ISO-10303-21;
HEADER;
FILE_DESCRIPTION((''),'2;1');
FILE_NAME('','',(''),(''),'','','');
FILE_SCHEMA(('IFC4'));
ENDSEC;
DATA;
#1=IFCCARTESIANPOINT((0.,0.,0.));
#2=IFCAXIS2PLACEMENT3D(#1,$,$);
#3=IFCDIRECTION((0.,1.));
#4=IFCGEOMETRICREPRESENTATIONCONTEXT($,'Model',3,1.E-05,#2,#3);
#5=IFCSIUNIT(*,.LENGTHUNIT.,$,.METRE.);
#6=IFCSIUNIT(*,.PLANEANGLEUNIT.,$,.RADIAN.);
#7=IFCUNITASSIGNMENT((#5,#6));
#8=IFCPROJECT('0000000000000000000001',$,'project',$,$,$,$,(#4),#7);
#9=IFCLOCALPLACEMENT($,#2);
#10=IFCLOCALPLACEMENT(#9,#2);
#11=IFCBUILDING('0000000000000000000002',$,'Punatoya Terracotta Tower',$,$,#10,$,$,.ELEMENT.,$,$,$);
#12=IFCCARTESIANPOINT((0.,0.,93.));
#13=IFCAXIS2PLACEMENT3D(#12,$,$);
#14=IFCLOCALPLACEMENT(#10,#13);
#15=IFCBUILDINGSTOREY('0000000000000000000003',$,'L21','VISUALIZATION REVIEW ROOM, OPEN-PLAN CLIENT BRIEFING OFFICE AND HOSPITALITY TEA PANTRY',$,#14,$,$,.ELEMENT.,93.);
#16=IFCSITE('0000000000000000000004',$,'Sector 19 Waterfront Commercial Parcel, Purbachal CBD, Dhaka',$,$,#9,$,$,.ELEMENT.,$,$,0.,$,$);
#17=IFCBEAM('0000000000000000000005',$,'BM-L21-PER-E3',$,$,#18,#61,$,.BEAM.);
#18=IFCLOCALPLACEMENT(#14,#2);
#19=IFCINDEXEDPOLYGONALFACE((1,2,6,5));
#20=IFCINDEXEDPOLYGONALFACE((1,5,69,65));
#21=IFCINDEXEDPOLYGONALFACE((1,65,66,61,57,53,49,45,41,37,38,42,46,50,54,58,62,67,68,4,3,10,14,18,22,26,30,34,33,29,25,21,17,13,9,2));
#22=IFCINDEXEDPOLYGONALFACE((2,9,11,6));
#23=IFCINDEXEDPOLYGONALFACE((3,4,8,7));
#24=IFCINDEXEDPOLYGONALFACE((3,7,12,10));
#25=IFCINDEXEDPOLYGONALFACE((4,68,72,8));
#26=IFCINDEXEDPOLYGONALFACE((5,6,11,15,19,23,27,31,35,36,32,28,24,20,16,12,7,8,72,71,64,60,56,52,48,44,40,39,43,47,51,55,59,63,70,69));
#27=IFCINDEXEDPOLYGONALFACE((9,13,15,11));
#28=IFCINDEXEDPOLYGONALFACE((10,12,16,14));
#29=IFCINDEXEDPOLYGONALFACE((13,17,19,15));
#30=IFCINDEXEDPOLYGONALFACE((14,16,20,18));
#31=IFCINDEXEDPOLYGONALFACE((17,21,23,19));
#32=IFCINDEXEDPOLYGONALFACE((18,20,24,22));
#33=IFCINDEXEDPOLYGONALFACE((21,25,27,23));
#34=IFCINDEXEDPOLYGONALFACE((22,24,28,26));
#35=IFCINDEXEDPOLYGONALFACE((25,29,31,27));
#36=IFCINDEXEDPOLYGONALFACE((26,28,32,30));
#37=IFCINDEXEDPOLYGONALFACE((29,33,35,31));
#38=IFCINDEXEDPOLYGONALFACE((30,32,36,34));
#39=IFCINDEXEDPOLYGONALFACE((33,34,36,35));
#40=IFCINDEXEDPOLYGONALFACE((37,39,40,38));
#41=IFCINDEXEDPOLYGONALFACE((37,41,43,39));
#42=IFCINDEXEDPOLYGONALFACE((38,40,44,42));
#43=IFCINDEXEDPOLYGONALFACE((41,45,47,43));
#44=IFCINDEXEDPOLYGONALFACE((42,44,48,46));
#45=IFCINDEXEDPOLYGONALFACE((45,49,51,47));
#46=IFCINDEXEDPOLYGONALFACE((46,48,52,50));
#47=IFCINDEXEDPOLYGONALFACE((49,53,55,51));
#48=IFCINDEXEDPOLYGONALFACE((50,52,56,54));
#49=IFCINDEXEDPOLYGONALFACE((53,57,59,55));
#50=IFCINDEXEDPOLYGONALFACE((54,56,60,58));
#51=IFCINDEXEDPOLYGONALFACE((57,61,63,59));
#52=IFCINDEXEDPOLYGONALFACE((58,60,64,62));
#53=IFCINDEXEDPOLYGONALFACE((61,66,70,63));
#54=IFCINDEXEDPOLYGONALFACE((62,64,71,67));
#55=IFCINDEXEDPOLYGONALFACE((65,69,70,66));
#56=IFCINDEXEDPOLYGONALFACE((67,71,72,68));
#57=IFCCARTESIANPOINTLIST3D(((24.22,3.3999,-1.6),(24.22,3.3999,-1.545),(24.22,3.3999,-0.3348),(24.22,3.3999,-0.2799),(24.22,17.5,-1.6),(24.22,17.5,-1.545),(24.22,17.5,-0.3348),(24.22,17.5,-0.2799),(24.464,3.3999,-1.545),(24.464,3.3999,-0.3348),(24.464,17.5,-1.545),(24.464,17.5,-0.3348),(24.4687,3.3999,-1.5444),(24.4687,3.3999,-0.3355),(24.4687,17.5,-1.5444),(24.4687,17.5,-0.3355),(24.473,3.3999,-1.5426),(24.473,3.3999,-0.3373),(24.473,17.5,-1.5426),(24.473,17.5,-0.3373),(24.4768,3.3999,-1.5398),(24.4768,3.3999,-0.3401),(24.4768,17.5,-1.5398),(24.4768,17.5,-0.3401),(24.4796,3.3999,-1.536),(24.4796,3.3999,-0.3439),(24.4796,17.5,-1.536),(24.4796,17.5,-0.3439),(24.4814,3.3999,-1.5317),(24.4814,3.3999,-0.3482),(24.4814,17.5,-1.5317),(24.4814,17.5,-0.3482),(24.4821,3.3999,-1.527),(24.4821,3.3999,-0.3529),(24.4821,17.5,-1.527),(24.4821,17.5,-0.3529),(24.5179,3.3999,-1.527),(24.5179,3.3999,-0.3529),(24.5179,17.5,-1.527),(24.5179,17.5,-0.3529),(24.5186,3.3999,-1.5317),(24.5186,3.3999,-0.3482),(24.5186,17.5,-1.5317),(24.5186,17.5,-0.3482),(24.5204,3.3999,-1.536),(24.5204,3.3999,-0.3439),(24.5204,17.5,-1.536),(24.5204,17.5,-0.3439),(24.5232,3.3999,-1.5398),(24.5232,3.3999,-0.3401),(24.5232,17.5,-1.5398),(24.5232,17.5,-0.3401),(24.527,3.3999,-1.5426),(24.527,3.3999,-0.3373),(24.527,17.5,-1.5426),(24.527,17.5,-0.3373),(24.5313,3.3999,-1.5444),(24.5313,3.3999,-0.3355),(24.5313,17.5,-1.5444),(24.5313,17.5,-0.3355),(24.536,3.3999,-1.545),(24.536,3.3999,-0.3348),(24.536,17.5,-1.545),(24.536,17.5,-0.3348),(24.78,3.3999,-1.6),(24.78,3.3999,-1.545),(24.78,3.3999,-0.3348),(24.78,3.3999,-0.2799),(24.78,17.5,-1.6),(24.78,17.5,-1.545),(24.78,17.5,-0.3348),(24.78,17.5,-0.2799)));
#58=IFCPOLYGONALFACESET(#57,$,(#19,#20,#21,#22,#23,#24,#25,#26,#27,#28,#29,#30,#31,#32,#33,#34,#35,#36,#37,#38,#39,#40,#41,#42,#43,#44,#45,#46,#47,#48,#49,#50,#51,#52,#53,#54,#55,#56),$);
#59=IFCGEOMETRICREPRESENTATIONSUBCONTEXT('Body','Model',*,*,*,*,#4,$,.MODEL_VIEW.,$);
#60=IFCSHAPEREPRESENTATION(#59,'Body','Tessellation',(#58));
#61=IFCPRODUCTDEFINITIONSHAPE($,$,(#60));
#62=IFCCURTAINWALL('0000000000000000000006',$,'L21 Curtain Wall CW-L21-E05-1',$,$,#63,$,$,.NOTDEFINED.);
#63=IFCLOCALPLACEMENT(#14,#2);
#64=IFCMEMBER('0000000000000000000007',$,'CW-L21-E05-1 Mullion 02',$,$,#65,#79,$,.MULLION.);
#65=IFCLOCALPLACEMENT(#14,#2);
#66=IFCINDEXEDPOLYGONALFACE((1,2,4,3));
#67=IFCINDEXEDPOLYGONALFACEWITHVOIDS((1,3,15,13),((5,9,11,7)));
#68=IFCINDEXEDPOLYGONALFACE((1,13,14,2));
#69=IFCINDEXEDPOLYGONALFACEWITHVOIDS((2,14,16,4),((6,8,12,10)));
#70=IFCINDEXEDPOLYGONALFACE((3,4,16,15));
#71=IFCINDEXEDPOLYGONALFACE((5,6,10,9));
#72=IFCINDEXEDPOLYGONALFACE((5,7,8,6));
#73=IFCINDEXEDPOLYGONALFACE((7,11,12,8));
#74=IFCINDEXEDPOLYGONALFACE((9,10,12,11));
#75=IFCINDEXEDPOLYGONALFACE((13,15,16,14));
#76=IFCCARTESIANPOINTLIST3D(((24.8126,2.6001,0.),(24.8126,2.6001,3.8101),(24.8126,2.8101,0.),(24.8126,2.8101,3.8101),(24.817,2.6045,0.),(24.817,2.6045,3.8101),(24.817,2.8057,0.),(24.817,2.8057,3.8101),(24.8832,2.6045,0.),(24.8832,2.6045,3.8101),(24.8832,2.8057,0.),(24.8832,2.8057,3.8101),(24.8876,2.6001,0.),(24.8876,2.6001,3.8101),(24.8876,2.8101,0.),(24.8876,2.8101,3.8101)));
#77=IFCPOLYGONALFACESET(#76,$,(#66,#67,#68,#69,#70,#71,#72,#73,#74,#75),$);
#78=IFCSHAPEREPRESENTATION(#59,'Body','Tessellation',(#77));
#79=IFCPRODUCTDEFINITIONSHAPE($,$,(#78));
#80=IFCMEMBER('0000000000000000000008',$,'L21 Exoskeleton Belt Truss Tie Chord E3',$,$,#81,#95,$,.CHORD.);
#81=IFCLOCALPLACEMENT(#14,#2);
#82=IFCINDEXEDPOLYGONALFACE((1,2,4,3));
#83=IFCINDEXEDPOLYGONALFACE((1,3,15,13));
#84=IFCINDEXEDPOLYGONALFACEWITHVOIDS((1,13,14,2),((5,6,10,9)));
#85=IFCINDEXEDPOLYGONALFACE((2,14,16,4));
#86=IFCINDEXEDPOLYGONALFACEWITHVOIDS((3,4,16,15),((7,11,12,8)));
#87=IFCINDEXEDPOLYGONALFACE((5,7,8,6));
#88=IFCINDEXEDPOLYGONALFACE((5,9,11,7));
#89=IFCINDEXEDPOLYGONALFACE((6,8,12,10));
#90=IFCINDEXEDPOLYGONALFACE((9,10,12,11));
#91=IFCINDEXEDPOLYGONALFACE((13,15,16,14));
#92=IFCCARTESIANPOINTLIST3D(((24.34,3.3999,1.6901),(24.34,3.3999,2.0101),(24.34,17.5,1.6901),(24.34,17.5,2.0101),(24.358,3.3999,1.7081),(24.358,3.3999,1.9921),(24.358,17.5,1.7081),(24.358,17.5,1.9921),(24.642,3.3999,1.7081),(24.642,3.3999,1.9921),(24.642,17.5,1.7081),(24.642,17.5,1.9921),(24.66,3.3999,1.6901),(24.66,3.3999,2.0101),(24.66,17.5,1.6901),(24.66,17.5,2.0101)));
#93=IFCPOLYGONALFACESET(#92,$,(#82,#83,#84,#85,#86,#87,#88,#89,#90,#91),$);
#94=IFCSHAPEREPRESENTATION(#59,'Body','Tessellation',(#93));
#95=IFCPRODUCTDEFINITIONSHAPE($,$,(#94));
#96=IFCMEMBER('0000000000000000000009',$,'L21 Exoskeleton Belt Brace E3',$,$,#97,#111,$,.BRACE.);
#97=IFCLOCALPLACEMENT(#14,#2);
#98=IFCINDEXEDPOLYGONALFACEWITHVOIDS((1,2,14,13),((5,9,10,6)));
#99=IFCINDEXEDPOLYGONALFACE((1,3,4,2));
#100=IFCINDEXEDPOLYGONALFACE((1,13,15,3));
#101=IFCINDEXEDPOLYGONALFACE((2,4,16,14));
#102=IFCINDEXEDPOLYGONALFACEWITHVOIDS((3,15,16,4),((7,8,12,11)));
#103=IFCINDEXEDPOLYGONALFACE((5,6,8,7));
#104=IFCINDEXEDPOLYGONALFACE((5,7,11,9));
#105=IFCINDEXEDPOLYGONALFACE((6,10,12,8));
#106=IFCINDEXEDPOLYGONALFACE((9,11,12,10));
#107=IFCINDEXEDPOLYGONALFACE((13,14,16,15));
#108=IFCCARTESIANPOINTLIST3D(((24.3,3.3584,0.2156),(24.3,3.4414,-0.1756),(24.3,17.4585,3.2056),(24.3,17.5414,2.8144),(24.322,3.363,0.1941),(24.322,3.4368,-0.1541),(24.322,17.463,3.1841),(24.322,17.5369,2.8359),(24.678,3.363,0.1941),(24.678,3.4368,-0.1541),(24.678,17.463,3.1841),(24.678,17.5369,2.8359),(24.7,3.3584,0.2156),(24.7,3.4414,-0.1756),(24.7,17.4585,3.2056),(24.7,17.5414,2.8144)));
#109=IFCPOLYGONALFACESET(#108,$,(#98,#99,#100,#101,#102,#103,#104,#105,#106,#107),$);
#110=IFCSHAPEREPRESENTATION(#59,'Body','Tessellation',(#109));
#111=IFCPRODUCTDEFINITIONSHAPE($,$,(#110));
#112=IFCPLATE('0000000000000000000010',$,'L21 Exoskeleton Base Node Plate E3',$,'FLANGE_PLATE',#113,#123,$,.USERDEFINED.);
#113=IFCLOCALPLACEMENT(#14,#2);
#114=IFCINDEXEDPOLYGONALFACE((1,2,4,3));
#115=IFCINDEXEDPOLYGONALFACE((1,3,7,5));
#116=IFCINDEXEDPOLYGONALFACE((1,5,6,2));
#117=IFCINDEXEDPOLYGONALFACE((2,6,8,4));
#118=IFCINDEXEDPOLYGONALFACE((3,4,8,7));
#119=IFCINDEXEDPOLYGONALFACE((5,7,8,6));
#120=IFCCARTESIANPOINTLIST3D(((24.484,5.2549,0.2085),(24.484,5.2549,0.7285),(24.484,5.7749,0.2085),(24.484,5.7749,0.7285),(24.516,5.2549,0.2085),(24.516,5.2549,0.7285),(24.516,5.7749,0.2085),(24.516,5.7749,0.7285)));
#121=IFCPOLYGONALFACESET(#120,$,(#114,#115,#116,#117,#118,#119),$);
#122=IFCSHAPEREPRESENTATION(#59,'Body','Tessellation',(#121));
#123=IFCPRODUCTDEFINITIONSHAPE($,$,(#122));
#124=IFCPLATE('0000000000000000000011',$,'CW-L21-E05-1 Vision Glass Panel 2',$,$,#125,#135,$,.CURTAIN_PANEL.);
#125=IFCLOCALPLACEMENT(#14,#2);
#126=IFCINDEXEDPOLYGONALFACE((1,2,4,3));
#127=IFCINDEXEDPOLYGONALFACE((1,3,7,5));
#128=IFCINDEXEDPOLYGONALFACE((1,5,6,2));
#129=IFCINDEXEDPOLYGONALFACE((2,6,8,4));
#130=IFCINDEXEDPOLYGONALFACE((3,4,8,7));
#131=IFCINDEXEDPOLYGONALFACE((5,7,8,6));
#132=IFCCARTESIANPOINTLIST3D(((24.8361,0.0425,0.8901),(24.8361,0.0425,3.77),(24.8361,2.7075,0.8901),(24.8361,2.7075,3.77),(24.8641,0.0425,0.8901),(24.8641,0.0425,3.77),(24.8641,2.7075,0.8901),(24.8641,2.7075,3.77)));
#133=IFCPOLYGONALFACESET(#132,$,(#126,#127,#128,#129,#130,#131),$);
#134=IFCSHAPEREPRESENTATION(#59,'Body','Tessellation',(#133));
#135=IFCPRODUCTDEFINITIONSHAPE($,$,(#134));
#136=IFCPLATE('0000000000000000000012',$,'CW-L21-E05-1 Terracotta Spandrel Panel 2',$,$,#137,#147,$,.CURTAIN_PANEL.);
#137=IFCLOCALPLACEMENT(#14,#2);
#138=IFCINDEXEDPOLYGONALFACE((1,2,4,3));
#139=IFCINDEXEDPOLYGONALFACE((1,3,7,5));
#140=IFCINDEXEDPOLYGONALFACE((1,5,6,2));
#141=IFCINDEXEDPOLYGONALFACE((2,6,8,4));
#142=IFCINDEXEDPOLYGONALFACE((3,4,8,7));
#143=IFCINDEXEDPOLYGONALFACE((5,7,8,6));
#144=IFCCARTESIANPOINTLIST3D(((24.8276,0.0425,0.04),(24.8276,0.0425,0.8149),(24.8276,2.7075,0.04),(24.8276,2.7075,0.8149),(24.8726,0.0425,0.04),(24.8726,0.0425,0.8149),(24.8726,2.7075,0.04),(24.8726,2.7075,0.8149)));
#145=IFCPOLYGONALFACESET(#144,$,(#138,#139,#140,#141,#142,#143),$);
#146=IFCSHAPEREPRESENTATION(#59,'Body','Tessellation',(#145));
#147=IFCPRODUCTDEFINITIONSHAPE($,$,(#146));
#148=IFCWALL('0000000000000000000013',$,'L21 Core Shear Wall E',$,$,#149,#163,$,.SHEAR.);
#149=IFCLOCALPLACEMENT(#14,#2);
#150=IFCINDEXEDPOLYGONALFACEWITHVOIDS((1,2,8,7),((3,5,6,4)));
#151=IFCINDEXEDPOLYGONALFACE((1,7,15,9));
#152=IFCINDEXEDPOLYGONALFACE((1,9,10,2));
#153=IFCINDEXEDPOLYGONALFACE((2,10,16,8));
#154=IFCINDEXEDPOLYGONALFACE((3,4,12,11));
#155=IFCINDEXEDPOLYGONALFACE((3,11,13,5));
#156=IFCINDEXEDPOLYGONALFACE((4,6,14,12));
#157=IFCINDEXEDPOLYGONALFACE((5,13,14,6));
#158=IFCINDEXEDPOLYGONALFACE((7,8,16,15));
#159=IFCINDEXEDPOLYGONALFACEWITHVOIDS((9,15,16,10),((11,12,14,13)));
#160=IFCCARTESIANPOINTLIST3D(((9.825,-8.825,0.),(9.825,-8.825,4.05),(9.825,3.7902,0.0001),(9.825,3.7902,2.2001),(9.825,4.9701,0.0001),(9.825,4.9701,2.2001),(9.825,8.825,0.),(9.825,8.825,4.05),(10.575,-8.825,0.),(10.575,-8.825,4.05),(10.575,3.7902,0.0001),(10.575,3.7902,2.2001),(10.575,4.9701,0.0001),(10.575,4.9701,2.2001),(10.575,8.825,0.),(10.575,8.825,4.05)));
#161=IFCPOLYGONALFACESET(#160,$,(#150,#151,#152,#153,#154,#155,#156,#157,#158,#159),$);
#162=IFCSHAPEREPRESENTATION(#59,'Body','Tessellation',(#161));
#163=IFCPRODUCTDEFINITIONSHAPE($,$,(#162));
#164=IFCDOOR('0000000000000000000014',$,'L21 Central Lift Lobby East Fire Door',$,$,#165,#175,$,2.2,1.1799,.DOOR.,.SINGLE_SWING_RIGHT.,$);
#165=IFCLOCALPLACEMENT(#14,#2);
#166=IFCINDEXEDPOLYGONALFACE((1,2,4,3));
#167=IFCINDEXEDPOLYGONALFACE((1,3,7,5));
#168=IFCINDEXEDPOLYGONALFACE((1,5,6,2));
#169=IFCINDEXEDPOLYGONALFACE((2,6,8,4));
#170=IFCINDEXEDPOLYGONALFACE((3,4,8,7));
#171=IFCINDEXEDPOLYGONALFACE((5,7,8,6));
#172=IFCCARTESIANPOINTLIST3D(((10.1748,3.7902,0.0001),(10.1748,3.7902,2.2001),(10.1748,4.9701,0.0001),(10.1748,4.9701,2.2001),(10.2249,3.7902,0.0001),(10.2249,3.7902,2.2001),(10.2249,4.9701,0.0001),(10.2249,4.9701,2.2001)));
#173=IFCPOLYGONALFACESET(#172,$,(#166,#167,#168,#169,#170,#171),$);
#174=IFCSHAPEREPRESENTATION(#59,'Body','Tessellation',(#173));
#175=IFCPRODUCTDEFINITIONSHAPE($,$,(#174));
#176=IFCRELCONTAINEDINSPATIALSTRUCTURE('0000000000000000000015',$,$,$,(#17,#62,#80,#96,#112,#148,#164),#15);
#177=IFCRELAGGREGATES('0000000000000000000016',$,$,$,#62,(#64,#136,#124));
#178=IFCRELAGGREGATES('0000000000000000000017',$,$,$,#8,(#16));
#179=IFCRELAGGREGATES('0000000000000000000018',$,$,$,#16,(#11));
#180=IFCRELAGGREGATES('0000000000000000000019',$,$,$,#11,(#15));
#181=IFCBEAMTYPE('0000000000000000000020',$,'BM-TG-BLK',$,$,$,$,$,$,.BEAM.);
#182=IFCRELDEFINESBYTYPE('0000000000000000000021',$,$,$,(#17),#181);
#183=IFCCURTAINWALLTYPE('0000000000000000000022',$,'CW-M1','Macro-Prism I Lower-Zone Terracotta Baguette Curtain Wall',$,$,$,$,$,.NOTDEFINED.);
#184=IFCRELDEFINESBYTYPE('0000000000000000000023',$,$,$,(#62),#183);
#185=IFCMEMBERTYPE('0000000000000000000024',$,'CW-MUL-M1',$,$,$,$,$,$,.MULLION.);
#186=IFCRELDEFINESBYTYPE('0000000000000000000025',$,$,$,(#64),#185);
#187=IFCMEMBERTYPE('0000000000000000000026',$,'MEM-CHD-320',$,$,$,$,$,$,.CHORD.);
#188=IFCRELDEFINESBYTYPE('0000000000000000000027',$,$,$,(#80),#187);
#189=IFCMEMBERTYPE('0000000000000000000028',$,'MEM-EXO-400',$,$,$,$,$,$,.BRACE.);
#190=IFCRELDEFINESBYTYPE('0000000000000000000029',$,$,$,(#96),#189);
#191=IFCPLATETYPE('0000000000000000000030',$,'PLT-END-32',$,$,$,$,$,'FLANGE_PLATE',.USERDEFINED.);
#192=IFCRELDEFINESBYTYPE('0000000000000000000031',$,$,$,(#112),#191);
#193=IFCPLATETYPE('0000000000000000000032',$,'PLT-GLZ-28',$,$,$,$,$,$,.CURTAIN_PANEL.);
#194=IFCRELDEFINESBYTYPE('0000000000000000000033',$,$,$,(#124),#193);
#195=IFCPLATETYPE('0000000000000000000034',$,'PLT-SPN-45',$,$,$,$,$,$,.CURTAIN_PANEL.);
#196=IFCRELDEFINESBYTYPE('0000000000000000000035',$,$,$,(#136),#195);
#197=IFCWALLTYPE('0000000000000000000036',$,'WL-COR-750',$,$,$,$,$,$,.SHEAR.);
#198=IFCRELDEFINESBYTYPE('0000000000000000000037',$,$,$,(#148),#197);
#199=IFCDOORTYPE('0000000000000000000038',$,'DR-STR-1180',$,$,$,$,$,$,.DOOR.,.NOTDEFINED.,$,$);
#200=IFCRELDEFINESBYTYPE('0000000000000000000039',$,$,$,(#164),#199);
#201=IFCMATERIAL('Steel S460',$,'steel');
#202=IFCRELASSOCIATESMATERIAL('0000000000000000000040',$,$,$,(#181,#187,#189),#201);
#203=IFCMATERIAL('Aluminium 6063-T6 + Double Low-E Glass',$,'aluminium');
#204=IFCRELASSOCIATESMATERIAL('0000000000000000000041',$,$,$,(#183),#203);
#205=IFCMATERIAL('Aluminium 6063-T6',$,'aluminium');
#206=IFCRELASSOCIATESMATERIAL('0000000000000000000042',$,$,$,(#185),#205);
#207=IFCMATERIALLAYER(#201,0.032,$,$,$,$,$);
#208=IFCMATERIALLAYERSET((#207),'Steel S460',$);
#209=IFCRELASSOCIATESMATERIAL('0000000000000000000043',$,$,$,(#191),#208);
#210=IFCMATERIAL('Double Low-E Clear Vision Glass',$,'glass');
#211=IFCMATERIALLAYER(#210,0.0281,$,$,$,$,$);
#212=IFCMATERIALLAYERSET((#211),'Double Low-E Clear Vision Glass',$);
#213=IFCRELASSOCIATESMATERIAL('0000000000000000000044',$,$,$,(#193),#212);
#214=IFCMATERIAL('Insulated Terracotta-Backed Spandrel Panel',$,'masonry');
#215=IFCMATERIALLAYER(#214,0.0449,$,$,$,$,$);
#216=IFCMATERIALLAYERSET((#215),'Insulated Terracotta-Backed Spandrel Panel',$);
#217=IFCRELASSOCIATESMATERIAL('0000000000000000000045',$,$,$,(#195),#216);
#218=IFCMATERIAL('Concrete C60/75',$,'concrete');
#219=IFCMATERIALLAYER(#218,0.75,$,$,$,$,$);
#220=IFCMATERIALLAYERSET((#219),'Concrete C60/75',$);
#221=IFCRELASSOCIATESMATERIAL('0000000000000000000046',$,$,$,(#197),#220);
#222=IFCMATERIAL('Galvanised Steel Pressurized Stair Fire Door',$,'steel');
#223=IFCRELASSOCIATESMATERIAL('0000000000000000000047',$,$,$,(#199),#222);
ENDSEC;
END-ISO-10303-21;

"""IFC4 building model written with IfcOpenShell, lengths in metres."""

from ifc_helpers import new_model, si_unit, direction, frame, frame_2d, origin, origin_2d, place, context, subcontext, project, spatial, rectangle, hollow_rectangle, i_section, extrude, material, layer, layer_set, material_profile, profile_set, type_object, element, fill, aggregate, save


model = new_model("IFC4")

# Units and contexts
model_context = context("Model", 3, precision=1e-05, world=origin(), true_north=direction((0.0, 1.0)))
body_context = subcontext(model_context, "Body", "Model", "MODEL_VIEW")
ifc_project = project(units=[si_unit("LENGTHUNIT", "METRE"), si_unit("PLANEANGLEUNIT", "RADIAN")], contexts=[model_context])

# Site, building, storey
site_placement = place(None, origin())
site = spatial("IfcSite", under=ifc_project, at=site_placement, Name="Sector 19 Waterfront Commercial Parcel, Purbachal CBD, Dhaka", CompositionType="ELEMENT", RefElevation=0.0)
building_placement = place(site_placement, origin())
building = spatial("IfcBuilding", under=site, at=building_placement, Name="Punatoya Terracotta Tower", CompositionType="ELEMENT")
storey_placement = place(building_placement, frame((0.0, 0.0, 93.0)))
storey = spatial("IfcBuildingStorey", under=building, at=storey_placement, Name="L21", Description="VISUALIZATION REVIEW ROOM, OPEN-PLAN CLIENT BRIEFING OFFICE AND HOSPITALITY TEA PANTRY", CompositionType="ELEMENT", Elevation=93.0)

# Shared definitions
ifc_material_1 = material(Name="Steel S460", Category="steel")

# Beam
ifc_material_profile_1 = material_profile(ifc_material_1, i_section(OverallWidth=0.5601, OverallDepth=1.3201, WebThickness=0.0359, FlangeThickness=0.0549, FilletRadius=0.0181, at=origin_2d()))
ifc_profile_set_1 = profile_set([ifc_material_profile_1], Name="Steel S460")
beam_type_1 = type_object("IfcBeamType", Name="BM-TG-BLK", PredefinedType="BEAM", material=ifc_profile_set_1)
beam_1_placement = place(storey_placement, frame((24.5, 3.3999, -0.9399), z_axis=(0.0, 1.0, 0.0), x_axis=(-1.0, 0.0, 0.0)))
element("IfcBeam", 1, at=beam_1_placement, inside=storey, type_object=beam_type_1, Name="BM-L21-PER-E3", PredefinedType="BEAM", context=body_context, shape_type="SweptSolid", body=[
    extrude(i_section(OverallWidth=0.5601, OverallDepth=1.3201, WebThickness=0.0359, FlangeThickness=0.0549, FilletRadius=0.0181, at=origin_2d()), origin(), (0.0, 0.0, 1.0), 14.1001),
])

# Curtain wall, member
ifc_material_2 = material(Name="Aluminium 6063-T6 + Double Low-E Glass", Category="aluminium")
curtain_wall_type = type_object("IfcCurtainWallType", Name="CW-M1", Description="Macro-Prism I Lower-Zone Terracotta Baguette Curtain Wall", PredefinedType="NOTDEFINED", material=ifc_material_2)
curtain_wall_placement = place(storey_placement, origin())
curtain_wall = element("IfcCurtainWall", 2, at=curtain_wall_placement, inside=storey, type_object=curtain_wall_type, Name="L21 Curtain Wall CW-L21-E05-1", PredefinedType="NOTDEFINED")
ifc_material_3 = material(Name="Aluminium 6063-T6", Category="aluminium")
ifc_material_profile_2 = material_profile(ifc_material_3, hollow_rectangle(XDim=0.075, YDim=0.21, WallThickness=0.0044, at=origin_2d()))
ifc_profile_set_2 = profile_set([ifc_material_profile_2], Name="Aluminium 6063-T6")
member_type_1 = type_object("IfcMemberType", Name="CW-MUL-M1", PredefinedType="MULLION", material=ifc_profile_set_2)
member_1_placement = place(storey_placement, frame((24.8501, 2.7051, 0.0), z_axis=(0.0, 0.0, 1.0), x_axis=(1.0, 0.0, 0.0)))
member_1 = element("IfcMember", 3, at=member_1_placement, type_object=member_type_1, Name="CW-L21-E05-1 Mullion 02", PredefinedType="MULLION", context=body_context, shape_type="SweptSolid", body=[
    extrude(hollow_rectangle(XDim=0.075, YDim=0.21, WallThickness=0.0044, at=origin_2d()), origin(), (0.0, 0.0, 1.0), 3.8101),
])

# Members
ifc_material_profile_3 = material_profile(ifc_material_1, hollow_rectangle(XDim=0.3201, YDim=0.3201, WallThickness=0.0181, at=origin_2d()))
ifc_profile_set_3 = profile_set([ifc_material_profile_3], Name="Steel S460")
member_type_2 = type_object("IfcMemberType", Name="MEM-CHD-320", PredefinedType="CHORD", material=ifc_profile_set_3)
member_2_placement = place(storey_placement, frame((24.5, 3.3999, 1.8501), z_axis=(0.0, 1.0, 0.0), x_axis=(-1.0, 0.0, 0.0)))
element("IfcMember", 4, at=member_2_placement, inside=storey, type_object=member_type_2, Name="L21 Exoskeleton Belt Truss Tie Chord E3", PredefinedType="CHORD", context=body_context, shape_type="SweptSolid", body=[
    extrude(hollow_rectangle(XDim=0.3201, YDim=0.3201, WallThickness=0.0181, at=origin_2d()), origin(), (0.0, 0.0, 1.0), 14.1001),
])
ifc_material_profile_4 = material_profile(ifc_material_1, hollow_rectangle(XDim=0.3999, YDim=0.3999, WallThickness=0.022, at=origin_2d()))
ifc_profile_set_4 = profile_set([ifc_material_profile_4], Name="Steel S460")
member_type_3 = type_object("IfcMemberType", Name="MEM-EXO-400", PredefinedType="BRACE", material=ifc_profile_set_4)
member_3_placement = place(storey_placement, frame((24.5, 3.3999, 0.02), z_axis=(0.0, 0.978247, 0.207442), x_axis=(-1.0, 0.0, 0.0)))
element("IfcMember", 5, at=member_3_placement, inside=storey, type_object=member_type_3, Name="L21 Exoskeleton Belt Brace E3", PredefinedType="BRACE", context=body_context, shape_type="SweptSolid", body=[
    extrude(hollow_rectangle(XDim=0.3999, YDim=0.3999, WallThickness=0.022, at=origin_2d()), origin(), (0.0, 0.0, 1.0), 14.4136),
])

# Plates
ifc_layer_1 = layer(ifc_material_1, 0.032)
ifc_layer_set_1 = layer_set([ifc_layer_1], Name="Steel S460")
plate_type_1 = type_object("IfcPlateType", Name="PLT-END-32", ElementType="FLANGE_PLATE", PredefinedType="USERDEFINED", material=ifc_layer_set_1)
plate_1_placement = place(storey_placement, frame((24.5, 5.5149, 0.2085), z_axis=(0.0, 0.0, 1.0), x_axis=(0.0, 1.0, 0.0)))
element("IfcPlate", 6, at=plate_1_placement, inside=storey, type_object=plate_type_1, Name="L21 Exoskeleton Base Node Plate E3", ObjectType="FLANGE_PLATE", PredefinedType="USERDEFINED", context=body_context, shape_type="SweptSolid", body=[
    extrude(rectangle(XDim=0.52, YDim=0.032, at=origin_2d()), origin(), (0.0, 0.0, 1.0), 0.52),
])
ifc_material_4 = material(Name="Double Low-E Clear Vision Glass", Category="glass")
ifc_layer_2 = layer(ifc_material_4, 0.0281)
ifc_layer_set_2 = layer_set([ifc_layer_2], Name="Double Low-E Clear Vision Glass")
plate_type_2 = type_object("IfcPlateType", Name="PLT-GLZ-28", PredefinedType="CURTAIN_PANEL", material=ifc_layer_set_2)
plate_2_placement = place(storey_placement, frame((24.8501, 1.375, 0.8901), z_axis=(0.0, 0.0, 1.0), x_axis=(0.0, 1.0, 0.0)))
plate_2 = element("IfcPlate", 7, at=plate_2_placement, type_object=plate_type_2, Name="CW-L21-E05-1 Vision Glass Panel 2", PredefinedType="CURTAIN_PANEL", context=body_context, shape_type="SweptSolid", body=[
    extrude(rectangle(XDim=2.665, YDim=0.0281, at=origin_2d()), origin(), (0.0, 0.0, 1.0), 2.8799),
])
ifc_material_5 = material(Name="Insulated Terracotta-Backed Spandrel Panel", Category="masonry")
ifc_layer_3 = layer(ifc_material_5, 0.0449)
ifc_layer_set_3 = layer_set([ifc_layer_3], Name="Insulated Terracotta-Backed Spandrel Panel")
plate_type_3 = type_object("IfcPlateType", Name="PLT-SPN-45", PredefinedType="CURTAIN_PANEL", material=ifc_layer_set_3)
plate_3_placement = place(storey_placement, frame((24.8501, 1.375, 0.04), z_axis=(0.0, 0.0, 1.0), x_axis=(0.0, 1.0, 0.0)))
plate_3 = element("IfcPlate", 8, at=plate_3_placement, type_object=plate_type_3, Name="CW-L21-E05-1 Terracotta Spandrel Panel 2", PredefinedType="CURTAIN_PANEL", context=body_context, shape_type="SweptSolid", body=[
    extrude(rectangle(XDim=2.665, YDim=0.0449, at=origin_2d()), origin(), (0.0, 0.0, 1.0), 0.7749),
])
aggregate(curtain_wall, [member_1, plate_3, plate_2])

# Wall, opening, door
ifc_material_6 = material(Name="Concrete C60/75", Category="concrete")
ifc_layer_4 = layer(ifc_material_6, 0.75)
ifc_layer_set_4 = layer_set([ifc_layer_4], Name="Concrete C60/75")
wall_type_1 = type_object("IfcWallType", Name="WL-COR-750", PredefinedType="SHEAR", material=ifc_layer_set_4)
wall_1_placement = place(storey_placement, frame((10.2, 8.825, 0.0), z_axis=(0.0, 0.0, 1.0), x_axis=(0.0, -1.0, 0.0)))
wall_1 = element("IfcWall", 9, at=wall_1_placement, inside=storey, type_object=wall_type_1, Name="L21 Core Shear Wall E", PredefinedType="SHEAR", context=body_context, shape_type="SweptSolid", body=[
    extrude(rectangle(XDim=17.6499, YDim=0.75, at=frame_2d((8.825, 0.0))), origin(), (0.0, 0.0, 1.0), 4.05),
])
opening_1_placement = place(wall_1_placement, frame((3.855, 0.0, 0.0)))
opening_1 = element("IfcOpeningElement", 10, at=opening_1_placement, cuts=wall_1, PredefinedType="OPENING", context=body_context, shape_type="SweptSolid", body=[
    extrude(rectangle(XDim=1.1799, YDim=2.2, at=frame_2d((0.5898, 1.1001))), frame((0.0, 0.385, 0.0), z_axis=(0.0, -1.0, 0.0), x_axis=(1.0, 0.0, 0.0)), (0.0, 0.0, 1.0), 0.77),
])
ifc_material_7 = material(Name="Galvanised Steel Pressurized Stair Fire Door", Category="steel")
door_type_1 = type_object("IfcDoorType", Name="DR-STR-1180", OperationType="NOTDEFINED", PredefinedType="DOOR", material=ifc_material_7)
door_1_placement = place(opening_1_placement, origin())
door_1 = element("IfcDoor", 11, at=door_1_placement, inside=storey, type_object=door_type_1, Name="L21 Central Lift Lobby East Fire Door", OperationType="SINGLE_SWING_RIGHT", OverallHeight=2.2, OverallWidth=1.1799, PredefinedType="DOOR", context=body_context, shape_type="SweptSolid", body=[
    extrude(rectangle(XDim=1.1799, YDim=2.2, at=frame_2d((0.5898, 1.1001))), frame((0.0, 0.0249, 0.0), z_axis=(0.0, -1.0, 0.0), x_axis=(1.0, 0.0, 0.0)), (0.0, 0.0, 1.0), 0.05),
])
fill(opening_1, door_1)

save(model, "model.ifc")
